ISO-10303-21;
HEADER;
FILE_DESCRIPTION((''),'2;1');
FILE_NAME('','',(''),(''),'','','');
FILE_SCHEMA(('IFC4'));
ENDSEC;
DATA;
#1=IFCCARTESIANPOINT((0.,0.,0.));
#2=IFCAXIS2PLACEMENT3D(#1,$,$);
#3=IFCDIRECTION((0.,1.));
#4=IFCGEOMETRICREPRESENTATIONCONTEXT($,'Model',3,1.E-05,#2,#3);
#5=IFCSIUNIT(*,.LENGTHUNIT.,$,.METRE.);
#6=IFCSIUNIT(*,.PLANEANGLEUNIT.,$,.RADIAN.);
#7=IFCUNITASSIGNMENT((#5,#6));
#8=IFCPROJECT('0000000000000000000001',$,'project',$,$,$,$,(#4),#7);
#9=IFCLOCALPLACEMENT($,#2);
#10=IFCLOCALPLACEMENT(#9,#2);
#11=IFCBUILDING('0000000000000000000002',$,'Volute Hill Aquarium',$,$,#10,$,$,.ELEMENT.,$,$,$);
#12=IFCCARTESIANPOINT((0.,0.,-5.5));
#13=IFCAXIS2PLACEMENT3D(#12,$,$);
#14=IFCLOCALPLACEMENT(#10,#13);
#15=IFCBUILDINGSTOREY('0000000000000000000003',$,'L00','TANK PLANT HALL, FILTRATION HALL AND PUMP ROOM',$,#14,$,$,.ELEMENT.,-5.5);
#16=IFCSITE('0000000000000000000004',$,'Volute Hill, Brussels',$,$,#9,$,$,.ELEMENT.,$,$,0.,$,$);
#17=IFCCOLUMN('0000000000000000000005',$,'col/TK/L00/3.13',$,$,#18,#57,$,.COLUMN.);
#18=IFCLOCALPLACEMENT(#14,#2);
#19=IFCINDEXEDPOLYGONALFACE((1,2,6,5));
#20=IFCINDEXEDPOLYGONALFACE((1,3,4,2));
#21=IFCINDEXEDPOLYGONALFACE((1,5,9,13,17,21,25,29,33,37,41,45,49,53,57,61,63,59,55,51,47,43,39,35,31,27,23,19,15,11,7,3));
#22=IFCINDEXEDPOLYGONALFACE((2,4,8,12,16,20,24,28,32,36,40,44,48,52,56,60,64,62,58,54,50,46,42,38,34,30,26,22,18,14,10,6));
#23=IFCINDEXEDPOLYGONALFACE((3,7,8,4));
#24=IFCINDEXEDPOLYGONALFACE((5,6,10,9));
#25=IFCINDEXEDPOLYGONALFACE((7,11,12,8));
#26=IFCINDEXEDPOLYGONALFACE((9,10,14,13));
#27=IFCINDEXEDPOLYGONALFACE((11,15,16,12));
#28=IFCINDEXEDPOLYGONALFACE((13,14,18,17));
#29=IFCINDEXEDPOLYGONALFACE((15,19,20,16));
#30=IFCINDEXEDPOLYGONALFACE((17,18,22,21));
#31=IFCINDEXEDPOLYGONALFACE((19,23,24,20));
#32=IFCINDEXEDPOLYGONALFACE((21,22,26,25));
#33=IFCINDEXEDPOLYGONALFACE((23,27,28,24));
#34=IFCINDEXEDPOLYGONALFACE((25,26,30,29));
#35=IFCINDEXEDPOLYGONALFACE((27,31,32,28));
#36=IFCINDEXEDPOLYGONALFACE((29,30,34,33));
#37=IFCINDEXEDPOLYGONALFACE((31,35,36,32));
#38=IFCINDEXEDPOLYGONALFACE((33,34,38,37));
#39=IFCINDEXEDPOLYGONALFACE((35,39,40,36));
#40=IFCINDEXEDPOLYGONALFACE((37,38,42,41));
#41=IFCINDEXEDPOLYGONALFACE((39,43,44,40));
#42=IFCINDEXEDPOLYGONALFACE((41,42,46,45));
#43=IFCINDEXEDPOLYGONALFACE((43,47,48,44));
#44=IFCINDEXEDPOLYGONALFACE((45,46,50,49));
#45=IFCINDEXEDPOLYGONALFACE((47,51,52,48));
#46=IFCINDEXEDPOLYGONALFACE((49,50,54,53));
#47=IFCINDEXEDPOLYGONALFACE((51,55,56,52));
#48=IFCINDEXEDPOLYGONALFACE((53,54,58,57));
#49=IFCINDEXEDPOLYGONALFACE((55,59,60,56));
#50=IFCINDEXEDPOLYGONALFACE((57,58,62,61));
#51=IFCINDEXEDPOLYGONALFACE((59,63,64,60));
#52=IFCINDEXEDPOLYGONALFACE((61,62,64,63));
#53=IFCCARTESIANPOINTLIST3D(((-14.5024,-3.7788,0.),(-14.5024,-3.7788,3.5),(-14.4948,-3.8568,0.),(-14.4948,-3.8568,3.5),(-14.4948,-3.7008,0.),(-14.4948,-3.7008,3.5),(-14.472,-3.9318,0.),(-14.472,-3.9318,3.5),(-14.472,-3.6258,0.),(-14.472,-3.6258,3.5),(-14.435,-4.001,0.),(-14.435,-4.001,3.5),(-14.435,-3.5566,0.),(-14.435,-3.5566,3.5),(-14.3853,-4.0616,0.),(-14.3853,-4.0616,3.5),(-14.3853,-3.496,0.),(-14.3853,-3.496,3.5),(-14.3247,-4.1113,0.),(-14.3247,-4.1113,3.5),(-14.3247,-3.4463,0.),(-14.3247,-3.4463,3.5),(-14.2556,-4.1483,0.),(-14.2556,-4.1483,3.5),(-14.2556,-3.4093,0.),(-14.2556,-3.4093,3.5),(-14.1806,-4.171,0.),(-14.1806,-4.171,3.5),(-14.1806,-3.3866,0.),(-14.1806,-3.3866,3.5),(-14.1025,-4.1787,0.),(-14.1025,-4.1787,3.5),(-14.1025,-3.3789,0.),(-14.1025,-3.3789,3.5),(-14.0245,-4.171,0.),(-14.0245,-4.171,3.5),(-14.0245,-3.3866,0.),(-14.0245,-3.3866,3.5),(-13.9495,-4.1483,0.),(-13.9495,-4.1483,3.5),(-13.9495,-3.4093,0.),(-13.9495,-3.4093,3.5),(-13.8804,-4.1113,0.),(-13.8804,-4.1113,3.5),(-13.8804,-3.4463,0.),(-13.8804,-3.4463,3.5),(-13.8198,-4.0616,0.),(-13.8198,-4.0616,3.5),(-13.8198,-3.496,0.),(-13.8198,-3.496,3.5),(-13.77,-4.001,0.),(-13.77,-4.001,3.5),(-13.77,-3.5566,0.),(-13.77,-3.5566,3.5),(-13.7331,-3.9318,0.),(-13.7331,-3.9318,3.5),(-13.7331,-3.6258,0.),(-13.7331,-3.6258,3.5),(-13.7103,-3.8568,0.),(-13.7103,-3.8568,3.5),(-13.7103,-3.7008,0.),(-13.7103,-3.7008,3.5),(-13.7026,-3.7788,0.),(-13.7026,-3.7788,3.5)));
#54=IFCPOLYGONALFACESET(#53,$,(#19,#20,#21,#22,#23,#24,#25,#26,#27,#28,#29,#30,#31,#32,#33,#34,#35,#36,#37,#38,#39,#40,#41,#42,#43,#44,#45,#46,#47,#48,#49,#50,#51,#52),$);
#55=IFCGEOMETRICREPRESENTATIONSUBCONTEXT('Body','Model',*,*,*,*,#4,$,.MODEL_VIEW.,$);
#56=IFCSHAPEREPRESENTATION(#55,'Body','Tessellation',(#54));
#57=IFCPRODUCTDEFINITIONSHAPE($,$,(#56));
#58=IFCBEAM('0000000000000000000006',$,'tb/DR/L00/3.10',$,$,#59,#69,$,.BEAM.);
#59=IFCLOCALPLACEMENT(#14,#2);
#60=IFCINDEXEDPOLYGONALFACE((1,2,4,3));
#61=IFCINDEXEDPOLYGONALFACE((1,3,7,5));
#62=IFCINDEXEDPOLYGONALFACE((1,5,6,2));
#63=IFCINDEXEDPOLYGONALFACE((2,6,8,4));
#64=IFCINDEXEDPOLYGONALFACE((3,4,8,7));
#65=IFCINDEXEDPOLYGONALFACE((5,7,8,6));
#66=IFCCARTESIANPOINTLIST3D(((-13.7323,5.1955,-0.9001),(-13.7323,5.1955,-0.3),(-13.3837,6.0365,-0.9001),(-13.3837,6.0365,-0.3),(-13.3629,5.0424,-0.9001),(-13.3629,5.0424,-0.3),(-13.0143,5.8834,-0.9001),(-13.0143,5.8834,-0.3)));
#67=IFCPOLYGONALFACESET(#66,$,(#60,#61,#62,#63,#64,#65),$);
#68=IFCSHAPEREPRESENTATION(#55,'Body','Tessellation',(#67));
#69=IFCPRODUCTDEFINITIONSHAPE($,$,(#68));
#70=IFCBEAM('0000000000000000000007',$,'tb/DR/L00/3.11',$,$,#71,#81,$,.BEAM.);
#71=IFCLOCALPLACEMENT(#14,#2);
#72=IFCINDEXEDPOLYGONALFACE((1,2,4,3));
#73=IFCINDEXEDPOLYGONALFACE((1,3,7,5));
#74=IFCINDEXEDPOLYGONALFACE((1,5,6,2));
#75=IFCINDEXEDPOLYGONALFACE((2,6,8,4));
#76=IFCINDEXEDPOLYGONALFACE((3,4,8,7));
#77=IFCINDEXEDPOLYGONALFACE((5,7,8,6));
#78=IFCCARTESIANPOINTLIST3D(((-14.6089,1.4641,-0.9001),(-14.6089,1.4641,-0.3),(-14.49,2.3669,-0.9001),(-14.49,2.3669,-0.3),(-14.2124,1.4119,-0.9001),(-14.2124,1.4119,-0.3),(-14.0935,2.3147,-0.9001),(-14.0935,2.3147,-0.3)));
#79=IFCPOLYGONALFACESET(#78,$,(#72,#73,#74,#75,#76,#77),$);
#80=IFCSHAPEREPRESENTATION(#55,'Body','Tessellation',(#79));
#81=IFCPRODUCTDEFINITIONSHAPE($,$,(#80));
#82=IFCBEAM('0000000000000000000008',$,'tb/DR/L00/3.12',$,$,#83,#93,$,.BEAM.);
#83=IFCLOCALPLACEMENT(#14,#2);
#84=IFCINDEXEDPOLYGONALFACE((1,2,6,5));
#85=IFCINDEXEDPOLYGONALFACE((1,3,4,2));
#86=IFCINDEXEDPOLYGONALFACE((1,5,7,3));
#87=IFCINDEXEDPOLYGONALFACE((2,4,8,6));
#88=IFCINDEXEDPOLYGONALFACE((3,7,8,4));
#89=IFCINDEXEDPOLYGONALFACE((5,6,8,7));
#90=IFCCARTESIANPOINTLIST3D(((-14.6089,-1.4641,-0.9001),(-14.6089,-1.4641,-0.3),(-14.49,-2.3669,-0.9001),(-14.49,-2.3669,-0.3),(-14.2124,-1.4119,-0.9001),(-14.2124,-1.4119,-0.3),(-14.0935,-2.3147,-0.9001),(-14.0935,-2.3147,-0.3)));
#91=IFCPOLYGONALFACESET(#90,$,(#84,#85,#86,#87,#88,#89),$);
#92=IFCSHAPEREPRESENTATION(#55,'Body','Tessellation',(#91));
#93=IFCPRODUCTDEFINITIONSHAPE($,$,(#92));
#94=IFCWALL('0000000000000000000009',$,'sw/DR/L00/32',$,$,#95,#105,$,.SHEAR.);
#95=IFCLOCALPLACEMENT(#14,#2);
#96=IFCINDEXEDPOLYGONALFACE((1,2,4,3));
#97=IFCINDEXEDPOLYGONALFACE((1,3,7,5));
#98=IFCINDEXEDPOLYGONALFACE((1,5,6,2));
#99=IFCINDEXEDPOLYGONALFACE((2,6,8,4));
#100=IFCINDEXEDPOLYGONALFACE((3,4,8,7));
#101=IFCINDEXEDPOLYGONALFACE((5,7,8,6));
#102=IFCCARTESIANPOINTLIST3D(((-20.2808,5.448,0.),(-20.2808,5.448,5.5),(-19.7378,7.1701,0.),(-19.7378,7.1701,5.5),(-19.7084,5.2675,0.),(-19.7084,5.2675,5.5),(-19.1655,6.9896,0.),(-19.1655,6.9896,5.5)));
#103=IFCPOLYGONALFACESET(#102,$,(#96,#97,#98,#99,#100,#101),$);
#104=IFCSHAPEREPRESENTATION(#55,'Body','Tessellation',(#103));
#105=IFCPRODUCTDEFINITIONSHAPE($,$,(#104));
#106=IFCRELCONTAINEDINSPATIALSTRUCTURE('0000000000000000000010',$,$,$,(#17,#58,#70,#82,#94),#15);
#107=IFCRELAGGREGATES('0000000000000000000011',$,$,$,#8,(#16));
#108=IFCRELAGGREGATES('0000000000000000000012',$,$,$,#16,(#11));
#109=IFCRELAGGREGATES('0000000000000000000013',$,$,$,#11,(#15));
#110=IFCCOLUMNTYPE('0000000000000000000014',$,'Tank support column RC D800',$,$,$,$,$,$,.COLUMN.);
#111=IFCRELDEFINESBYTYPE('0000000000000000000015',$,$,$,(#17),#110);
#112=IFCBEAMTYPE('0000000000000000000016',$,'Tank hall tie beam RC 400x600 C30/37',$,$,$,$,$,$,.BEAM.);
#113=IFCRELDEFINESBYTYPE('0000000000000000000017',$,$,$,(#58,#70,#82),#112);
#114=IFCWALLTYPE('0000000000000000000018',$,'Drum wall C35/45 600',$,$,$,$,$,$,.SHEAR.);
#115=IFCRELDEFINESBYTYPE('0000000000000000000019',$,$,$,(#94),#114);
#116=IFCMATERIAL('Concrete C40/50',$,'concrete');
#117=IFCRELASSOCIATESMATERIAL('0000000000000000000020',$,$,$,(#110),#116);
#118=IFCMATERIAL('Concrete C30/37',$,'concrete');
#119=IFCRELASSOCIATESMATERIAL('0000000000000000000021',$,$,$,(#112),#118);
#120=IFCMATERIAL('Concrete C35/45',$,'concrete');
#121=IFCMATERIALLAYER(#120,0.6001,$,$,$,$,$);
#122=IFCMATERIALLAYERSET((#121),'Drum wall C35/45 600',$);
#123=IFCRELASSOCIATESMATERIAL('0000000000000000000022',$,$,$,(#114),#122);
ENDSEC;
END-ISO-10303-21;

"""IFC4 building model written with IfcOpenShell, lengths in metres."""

from ifc_helpers import new_model, si_unit, direction, frame, frame_2d, origin, origin_2d, place, context, subcontext, project, spatial, rectangle, circle, extrude, material, layer, layer_set, material_profile, profile_set, type_object, element, save


model = new_model("IFC4")

# Units and contexts
model_context = context("Model", 3, precision=1e-05, world=origin(), true_north=direction((0.0, 1.0)))
body_context = subcontext(model_context, "Body", "Model", "MODEL_VIEW")
ifc_project = project(units=[si_unit("LENGTHUNIT", "METRE"), si_unit("PLANEANGLEUNIT", "RADIAN")], contexts=[model_context])

# Site, building, storey
site_placement = place(None, origin())
site = spatial("IfcSite", under=ifc_project, at=site_placement, Name="Volute Hill, Brussels", CompositionType="ELEMENT", RefElevation=0.0)
building_placement = place(site_placement, origin())
building = spatial("IfcBuilding", under=site, at=building_placement, Name="Volute Hill Aquarium", CompositionType="ELEMENT")
storey_placement = place(building_placement, frame((0.0, 0.0, -5.5)))
storey = spatial("IfcBuildingStorey", under=building, at=storey_placement, Name="L00", Description="TANK PLANT HALL, FILTRATION HALL AND PUMP ROOM", CompositionType="ELEMENT", Elevation=-5.5)

# Column
ifc_material_1 = material(Name="Concrete C40/50", Category="concrete")
ifc_material_profile_1 = material_profile(ifc_material_1, circle(Radius=0.3999, at=origin_2d()), Name="RC round column D800")
ifc_profile_set_1 = profile_set([ifc_material_profile_1], Name="Concrete C40/50")
column_type = type_object("IfcColumnType", Name="Tank support column RC D800", PredefinedType="COLUMN", material=ifc_profile_set_1)
for number, where, z_axis, x_axis, name in (
    (1, (-14.1025, -3.7788, 0.0), (0.0, 0.0, 1.0), (1.0, 0.0, 0.0), "col/TK/L00/3.13"),
):
    element("IfcColumn", number, at=place(storey_placement, frame(where, z_axis=z_axis, x_axis=x_axis)), inside=storey, type_object=column_type, Name=name, PredefinedType="COLUMN", context=body_context, shape_type="SweptSolid", body=[
        extrude(circle(Radius=0.3999, at=origin_2d()), origin(), (0.0, 0.0, 1.0), 3.5),
    ])

# Beams
ifc_material_2 = material(Name="Concrete C30/37", Category="concrete")
ifc_material_profile_2 = material_profile(ifc_material_2, rectangle(XDim=0.3999, YDim=0.6001, at=origin_2d()), Name="RC tie beam 400x600")
ifc_profile_set_2 = profile_set([ifc_material_profile_2], Name="Concrete C30/37")
beam_type = type_object("IfcBeamType", Name="Tank hall tie beam RC 400x600 C30/37", PredefinedType="BEAM", material=ifc_profile_set_2)
beam_placement = place(storey_placement, frame((-13.199, 5.96, -0.6001), z_axis=(-0.38292, -0.923781, 0.0), x_axis=(0.923781, -0.38292, 0.0)))
element("IfcBeam", 2, at=beam_placement, inside=storey, type_object=beam_type, Name="tb/DR/L00/3.10", PredefinedType="BEAM", context=body_context, shape_type="SweptSolid", body=[
    extrude(rectangle(XDim=0.3999, YDim=0.6001, at=origin_2d()), origin(), (0.0, 0.0, 1.0), 0.9104),
])
for number, where, z_axis, x_axis, name in (
    (3, (-14.2917, 2.3408, -0.6001), (-0.130565, -0.99144, 0.0), (0.99144, -0.130565, 0.0), "tb/DR/L00/3.11"),
    (4, (-14.4106, -1.438, -0.6001), (0.130565, -0.99144, 0.0), (0.99144, 0.130565, 0.0), "tb/DR/L00/3.12"),
):
    element("IfcBeam", number, at=place(storey_placement, frame(where, z_axis=z_axis, x_axis=x_axis)), inside=storey, type_object=beam_type, Name=name, PredefinedType="BEAM", context=body_context, shape_type="SweptSolid", body=[
        extrude(rectangle(XDim=0.3999, YDim=0.6001, at=origin_2d()), origin(), (0.0, 0.0, 1.0), 0.9106),
    ])

# Wall
ifc_material_3 = material(Name="Concrete C35/45", Category="concrete")
ifc_layer = layer(ifc_material_3, 0.6001)
ifc_layer_set = layer_set([ifc_layer], Name="Drum wall C35/45 600")
wall_type = type_object("IfcWallType", Name="Drum wall C35/45 600", PredefinedType="SHEAR", material=ifc_layer_set)
wall_placement = place(storey_placement, frame((-19.4517, 7.0798, 0.0), z_axis=(0.0, 0.0, 1.0), x_axis=(-0.300691, -0.953722, 0.0)))
element("IfcWall", 5, at=wall_placement, inside=storey, type_object=wall_type, Name="sw/DR/L00/32", PredefinedType="SHEAR", context=body_context, shape_type="SweptSolid", body=[
    extrude(rectangle(XDim=1.8057, YDim=0.6001, at=frame_2d((0.9028, 0.0))), origin(), (0.0, 0.0, 1.0), 5.5),
])

save(model, "model.ifc")
